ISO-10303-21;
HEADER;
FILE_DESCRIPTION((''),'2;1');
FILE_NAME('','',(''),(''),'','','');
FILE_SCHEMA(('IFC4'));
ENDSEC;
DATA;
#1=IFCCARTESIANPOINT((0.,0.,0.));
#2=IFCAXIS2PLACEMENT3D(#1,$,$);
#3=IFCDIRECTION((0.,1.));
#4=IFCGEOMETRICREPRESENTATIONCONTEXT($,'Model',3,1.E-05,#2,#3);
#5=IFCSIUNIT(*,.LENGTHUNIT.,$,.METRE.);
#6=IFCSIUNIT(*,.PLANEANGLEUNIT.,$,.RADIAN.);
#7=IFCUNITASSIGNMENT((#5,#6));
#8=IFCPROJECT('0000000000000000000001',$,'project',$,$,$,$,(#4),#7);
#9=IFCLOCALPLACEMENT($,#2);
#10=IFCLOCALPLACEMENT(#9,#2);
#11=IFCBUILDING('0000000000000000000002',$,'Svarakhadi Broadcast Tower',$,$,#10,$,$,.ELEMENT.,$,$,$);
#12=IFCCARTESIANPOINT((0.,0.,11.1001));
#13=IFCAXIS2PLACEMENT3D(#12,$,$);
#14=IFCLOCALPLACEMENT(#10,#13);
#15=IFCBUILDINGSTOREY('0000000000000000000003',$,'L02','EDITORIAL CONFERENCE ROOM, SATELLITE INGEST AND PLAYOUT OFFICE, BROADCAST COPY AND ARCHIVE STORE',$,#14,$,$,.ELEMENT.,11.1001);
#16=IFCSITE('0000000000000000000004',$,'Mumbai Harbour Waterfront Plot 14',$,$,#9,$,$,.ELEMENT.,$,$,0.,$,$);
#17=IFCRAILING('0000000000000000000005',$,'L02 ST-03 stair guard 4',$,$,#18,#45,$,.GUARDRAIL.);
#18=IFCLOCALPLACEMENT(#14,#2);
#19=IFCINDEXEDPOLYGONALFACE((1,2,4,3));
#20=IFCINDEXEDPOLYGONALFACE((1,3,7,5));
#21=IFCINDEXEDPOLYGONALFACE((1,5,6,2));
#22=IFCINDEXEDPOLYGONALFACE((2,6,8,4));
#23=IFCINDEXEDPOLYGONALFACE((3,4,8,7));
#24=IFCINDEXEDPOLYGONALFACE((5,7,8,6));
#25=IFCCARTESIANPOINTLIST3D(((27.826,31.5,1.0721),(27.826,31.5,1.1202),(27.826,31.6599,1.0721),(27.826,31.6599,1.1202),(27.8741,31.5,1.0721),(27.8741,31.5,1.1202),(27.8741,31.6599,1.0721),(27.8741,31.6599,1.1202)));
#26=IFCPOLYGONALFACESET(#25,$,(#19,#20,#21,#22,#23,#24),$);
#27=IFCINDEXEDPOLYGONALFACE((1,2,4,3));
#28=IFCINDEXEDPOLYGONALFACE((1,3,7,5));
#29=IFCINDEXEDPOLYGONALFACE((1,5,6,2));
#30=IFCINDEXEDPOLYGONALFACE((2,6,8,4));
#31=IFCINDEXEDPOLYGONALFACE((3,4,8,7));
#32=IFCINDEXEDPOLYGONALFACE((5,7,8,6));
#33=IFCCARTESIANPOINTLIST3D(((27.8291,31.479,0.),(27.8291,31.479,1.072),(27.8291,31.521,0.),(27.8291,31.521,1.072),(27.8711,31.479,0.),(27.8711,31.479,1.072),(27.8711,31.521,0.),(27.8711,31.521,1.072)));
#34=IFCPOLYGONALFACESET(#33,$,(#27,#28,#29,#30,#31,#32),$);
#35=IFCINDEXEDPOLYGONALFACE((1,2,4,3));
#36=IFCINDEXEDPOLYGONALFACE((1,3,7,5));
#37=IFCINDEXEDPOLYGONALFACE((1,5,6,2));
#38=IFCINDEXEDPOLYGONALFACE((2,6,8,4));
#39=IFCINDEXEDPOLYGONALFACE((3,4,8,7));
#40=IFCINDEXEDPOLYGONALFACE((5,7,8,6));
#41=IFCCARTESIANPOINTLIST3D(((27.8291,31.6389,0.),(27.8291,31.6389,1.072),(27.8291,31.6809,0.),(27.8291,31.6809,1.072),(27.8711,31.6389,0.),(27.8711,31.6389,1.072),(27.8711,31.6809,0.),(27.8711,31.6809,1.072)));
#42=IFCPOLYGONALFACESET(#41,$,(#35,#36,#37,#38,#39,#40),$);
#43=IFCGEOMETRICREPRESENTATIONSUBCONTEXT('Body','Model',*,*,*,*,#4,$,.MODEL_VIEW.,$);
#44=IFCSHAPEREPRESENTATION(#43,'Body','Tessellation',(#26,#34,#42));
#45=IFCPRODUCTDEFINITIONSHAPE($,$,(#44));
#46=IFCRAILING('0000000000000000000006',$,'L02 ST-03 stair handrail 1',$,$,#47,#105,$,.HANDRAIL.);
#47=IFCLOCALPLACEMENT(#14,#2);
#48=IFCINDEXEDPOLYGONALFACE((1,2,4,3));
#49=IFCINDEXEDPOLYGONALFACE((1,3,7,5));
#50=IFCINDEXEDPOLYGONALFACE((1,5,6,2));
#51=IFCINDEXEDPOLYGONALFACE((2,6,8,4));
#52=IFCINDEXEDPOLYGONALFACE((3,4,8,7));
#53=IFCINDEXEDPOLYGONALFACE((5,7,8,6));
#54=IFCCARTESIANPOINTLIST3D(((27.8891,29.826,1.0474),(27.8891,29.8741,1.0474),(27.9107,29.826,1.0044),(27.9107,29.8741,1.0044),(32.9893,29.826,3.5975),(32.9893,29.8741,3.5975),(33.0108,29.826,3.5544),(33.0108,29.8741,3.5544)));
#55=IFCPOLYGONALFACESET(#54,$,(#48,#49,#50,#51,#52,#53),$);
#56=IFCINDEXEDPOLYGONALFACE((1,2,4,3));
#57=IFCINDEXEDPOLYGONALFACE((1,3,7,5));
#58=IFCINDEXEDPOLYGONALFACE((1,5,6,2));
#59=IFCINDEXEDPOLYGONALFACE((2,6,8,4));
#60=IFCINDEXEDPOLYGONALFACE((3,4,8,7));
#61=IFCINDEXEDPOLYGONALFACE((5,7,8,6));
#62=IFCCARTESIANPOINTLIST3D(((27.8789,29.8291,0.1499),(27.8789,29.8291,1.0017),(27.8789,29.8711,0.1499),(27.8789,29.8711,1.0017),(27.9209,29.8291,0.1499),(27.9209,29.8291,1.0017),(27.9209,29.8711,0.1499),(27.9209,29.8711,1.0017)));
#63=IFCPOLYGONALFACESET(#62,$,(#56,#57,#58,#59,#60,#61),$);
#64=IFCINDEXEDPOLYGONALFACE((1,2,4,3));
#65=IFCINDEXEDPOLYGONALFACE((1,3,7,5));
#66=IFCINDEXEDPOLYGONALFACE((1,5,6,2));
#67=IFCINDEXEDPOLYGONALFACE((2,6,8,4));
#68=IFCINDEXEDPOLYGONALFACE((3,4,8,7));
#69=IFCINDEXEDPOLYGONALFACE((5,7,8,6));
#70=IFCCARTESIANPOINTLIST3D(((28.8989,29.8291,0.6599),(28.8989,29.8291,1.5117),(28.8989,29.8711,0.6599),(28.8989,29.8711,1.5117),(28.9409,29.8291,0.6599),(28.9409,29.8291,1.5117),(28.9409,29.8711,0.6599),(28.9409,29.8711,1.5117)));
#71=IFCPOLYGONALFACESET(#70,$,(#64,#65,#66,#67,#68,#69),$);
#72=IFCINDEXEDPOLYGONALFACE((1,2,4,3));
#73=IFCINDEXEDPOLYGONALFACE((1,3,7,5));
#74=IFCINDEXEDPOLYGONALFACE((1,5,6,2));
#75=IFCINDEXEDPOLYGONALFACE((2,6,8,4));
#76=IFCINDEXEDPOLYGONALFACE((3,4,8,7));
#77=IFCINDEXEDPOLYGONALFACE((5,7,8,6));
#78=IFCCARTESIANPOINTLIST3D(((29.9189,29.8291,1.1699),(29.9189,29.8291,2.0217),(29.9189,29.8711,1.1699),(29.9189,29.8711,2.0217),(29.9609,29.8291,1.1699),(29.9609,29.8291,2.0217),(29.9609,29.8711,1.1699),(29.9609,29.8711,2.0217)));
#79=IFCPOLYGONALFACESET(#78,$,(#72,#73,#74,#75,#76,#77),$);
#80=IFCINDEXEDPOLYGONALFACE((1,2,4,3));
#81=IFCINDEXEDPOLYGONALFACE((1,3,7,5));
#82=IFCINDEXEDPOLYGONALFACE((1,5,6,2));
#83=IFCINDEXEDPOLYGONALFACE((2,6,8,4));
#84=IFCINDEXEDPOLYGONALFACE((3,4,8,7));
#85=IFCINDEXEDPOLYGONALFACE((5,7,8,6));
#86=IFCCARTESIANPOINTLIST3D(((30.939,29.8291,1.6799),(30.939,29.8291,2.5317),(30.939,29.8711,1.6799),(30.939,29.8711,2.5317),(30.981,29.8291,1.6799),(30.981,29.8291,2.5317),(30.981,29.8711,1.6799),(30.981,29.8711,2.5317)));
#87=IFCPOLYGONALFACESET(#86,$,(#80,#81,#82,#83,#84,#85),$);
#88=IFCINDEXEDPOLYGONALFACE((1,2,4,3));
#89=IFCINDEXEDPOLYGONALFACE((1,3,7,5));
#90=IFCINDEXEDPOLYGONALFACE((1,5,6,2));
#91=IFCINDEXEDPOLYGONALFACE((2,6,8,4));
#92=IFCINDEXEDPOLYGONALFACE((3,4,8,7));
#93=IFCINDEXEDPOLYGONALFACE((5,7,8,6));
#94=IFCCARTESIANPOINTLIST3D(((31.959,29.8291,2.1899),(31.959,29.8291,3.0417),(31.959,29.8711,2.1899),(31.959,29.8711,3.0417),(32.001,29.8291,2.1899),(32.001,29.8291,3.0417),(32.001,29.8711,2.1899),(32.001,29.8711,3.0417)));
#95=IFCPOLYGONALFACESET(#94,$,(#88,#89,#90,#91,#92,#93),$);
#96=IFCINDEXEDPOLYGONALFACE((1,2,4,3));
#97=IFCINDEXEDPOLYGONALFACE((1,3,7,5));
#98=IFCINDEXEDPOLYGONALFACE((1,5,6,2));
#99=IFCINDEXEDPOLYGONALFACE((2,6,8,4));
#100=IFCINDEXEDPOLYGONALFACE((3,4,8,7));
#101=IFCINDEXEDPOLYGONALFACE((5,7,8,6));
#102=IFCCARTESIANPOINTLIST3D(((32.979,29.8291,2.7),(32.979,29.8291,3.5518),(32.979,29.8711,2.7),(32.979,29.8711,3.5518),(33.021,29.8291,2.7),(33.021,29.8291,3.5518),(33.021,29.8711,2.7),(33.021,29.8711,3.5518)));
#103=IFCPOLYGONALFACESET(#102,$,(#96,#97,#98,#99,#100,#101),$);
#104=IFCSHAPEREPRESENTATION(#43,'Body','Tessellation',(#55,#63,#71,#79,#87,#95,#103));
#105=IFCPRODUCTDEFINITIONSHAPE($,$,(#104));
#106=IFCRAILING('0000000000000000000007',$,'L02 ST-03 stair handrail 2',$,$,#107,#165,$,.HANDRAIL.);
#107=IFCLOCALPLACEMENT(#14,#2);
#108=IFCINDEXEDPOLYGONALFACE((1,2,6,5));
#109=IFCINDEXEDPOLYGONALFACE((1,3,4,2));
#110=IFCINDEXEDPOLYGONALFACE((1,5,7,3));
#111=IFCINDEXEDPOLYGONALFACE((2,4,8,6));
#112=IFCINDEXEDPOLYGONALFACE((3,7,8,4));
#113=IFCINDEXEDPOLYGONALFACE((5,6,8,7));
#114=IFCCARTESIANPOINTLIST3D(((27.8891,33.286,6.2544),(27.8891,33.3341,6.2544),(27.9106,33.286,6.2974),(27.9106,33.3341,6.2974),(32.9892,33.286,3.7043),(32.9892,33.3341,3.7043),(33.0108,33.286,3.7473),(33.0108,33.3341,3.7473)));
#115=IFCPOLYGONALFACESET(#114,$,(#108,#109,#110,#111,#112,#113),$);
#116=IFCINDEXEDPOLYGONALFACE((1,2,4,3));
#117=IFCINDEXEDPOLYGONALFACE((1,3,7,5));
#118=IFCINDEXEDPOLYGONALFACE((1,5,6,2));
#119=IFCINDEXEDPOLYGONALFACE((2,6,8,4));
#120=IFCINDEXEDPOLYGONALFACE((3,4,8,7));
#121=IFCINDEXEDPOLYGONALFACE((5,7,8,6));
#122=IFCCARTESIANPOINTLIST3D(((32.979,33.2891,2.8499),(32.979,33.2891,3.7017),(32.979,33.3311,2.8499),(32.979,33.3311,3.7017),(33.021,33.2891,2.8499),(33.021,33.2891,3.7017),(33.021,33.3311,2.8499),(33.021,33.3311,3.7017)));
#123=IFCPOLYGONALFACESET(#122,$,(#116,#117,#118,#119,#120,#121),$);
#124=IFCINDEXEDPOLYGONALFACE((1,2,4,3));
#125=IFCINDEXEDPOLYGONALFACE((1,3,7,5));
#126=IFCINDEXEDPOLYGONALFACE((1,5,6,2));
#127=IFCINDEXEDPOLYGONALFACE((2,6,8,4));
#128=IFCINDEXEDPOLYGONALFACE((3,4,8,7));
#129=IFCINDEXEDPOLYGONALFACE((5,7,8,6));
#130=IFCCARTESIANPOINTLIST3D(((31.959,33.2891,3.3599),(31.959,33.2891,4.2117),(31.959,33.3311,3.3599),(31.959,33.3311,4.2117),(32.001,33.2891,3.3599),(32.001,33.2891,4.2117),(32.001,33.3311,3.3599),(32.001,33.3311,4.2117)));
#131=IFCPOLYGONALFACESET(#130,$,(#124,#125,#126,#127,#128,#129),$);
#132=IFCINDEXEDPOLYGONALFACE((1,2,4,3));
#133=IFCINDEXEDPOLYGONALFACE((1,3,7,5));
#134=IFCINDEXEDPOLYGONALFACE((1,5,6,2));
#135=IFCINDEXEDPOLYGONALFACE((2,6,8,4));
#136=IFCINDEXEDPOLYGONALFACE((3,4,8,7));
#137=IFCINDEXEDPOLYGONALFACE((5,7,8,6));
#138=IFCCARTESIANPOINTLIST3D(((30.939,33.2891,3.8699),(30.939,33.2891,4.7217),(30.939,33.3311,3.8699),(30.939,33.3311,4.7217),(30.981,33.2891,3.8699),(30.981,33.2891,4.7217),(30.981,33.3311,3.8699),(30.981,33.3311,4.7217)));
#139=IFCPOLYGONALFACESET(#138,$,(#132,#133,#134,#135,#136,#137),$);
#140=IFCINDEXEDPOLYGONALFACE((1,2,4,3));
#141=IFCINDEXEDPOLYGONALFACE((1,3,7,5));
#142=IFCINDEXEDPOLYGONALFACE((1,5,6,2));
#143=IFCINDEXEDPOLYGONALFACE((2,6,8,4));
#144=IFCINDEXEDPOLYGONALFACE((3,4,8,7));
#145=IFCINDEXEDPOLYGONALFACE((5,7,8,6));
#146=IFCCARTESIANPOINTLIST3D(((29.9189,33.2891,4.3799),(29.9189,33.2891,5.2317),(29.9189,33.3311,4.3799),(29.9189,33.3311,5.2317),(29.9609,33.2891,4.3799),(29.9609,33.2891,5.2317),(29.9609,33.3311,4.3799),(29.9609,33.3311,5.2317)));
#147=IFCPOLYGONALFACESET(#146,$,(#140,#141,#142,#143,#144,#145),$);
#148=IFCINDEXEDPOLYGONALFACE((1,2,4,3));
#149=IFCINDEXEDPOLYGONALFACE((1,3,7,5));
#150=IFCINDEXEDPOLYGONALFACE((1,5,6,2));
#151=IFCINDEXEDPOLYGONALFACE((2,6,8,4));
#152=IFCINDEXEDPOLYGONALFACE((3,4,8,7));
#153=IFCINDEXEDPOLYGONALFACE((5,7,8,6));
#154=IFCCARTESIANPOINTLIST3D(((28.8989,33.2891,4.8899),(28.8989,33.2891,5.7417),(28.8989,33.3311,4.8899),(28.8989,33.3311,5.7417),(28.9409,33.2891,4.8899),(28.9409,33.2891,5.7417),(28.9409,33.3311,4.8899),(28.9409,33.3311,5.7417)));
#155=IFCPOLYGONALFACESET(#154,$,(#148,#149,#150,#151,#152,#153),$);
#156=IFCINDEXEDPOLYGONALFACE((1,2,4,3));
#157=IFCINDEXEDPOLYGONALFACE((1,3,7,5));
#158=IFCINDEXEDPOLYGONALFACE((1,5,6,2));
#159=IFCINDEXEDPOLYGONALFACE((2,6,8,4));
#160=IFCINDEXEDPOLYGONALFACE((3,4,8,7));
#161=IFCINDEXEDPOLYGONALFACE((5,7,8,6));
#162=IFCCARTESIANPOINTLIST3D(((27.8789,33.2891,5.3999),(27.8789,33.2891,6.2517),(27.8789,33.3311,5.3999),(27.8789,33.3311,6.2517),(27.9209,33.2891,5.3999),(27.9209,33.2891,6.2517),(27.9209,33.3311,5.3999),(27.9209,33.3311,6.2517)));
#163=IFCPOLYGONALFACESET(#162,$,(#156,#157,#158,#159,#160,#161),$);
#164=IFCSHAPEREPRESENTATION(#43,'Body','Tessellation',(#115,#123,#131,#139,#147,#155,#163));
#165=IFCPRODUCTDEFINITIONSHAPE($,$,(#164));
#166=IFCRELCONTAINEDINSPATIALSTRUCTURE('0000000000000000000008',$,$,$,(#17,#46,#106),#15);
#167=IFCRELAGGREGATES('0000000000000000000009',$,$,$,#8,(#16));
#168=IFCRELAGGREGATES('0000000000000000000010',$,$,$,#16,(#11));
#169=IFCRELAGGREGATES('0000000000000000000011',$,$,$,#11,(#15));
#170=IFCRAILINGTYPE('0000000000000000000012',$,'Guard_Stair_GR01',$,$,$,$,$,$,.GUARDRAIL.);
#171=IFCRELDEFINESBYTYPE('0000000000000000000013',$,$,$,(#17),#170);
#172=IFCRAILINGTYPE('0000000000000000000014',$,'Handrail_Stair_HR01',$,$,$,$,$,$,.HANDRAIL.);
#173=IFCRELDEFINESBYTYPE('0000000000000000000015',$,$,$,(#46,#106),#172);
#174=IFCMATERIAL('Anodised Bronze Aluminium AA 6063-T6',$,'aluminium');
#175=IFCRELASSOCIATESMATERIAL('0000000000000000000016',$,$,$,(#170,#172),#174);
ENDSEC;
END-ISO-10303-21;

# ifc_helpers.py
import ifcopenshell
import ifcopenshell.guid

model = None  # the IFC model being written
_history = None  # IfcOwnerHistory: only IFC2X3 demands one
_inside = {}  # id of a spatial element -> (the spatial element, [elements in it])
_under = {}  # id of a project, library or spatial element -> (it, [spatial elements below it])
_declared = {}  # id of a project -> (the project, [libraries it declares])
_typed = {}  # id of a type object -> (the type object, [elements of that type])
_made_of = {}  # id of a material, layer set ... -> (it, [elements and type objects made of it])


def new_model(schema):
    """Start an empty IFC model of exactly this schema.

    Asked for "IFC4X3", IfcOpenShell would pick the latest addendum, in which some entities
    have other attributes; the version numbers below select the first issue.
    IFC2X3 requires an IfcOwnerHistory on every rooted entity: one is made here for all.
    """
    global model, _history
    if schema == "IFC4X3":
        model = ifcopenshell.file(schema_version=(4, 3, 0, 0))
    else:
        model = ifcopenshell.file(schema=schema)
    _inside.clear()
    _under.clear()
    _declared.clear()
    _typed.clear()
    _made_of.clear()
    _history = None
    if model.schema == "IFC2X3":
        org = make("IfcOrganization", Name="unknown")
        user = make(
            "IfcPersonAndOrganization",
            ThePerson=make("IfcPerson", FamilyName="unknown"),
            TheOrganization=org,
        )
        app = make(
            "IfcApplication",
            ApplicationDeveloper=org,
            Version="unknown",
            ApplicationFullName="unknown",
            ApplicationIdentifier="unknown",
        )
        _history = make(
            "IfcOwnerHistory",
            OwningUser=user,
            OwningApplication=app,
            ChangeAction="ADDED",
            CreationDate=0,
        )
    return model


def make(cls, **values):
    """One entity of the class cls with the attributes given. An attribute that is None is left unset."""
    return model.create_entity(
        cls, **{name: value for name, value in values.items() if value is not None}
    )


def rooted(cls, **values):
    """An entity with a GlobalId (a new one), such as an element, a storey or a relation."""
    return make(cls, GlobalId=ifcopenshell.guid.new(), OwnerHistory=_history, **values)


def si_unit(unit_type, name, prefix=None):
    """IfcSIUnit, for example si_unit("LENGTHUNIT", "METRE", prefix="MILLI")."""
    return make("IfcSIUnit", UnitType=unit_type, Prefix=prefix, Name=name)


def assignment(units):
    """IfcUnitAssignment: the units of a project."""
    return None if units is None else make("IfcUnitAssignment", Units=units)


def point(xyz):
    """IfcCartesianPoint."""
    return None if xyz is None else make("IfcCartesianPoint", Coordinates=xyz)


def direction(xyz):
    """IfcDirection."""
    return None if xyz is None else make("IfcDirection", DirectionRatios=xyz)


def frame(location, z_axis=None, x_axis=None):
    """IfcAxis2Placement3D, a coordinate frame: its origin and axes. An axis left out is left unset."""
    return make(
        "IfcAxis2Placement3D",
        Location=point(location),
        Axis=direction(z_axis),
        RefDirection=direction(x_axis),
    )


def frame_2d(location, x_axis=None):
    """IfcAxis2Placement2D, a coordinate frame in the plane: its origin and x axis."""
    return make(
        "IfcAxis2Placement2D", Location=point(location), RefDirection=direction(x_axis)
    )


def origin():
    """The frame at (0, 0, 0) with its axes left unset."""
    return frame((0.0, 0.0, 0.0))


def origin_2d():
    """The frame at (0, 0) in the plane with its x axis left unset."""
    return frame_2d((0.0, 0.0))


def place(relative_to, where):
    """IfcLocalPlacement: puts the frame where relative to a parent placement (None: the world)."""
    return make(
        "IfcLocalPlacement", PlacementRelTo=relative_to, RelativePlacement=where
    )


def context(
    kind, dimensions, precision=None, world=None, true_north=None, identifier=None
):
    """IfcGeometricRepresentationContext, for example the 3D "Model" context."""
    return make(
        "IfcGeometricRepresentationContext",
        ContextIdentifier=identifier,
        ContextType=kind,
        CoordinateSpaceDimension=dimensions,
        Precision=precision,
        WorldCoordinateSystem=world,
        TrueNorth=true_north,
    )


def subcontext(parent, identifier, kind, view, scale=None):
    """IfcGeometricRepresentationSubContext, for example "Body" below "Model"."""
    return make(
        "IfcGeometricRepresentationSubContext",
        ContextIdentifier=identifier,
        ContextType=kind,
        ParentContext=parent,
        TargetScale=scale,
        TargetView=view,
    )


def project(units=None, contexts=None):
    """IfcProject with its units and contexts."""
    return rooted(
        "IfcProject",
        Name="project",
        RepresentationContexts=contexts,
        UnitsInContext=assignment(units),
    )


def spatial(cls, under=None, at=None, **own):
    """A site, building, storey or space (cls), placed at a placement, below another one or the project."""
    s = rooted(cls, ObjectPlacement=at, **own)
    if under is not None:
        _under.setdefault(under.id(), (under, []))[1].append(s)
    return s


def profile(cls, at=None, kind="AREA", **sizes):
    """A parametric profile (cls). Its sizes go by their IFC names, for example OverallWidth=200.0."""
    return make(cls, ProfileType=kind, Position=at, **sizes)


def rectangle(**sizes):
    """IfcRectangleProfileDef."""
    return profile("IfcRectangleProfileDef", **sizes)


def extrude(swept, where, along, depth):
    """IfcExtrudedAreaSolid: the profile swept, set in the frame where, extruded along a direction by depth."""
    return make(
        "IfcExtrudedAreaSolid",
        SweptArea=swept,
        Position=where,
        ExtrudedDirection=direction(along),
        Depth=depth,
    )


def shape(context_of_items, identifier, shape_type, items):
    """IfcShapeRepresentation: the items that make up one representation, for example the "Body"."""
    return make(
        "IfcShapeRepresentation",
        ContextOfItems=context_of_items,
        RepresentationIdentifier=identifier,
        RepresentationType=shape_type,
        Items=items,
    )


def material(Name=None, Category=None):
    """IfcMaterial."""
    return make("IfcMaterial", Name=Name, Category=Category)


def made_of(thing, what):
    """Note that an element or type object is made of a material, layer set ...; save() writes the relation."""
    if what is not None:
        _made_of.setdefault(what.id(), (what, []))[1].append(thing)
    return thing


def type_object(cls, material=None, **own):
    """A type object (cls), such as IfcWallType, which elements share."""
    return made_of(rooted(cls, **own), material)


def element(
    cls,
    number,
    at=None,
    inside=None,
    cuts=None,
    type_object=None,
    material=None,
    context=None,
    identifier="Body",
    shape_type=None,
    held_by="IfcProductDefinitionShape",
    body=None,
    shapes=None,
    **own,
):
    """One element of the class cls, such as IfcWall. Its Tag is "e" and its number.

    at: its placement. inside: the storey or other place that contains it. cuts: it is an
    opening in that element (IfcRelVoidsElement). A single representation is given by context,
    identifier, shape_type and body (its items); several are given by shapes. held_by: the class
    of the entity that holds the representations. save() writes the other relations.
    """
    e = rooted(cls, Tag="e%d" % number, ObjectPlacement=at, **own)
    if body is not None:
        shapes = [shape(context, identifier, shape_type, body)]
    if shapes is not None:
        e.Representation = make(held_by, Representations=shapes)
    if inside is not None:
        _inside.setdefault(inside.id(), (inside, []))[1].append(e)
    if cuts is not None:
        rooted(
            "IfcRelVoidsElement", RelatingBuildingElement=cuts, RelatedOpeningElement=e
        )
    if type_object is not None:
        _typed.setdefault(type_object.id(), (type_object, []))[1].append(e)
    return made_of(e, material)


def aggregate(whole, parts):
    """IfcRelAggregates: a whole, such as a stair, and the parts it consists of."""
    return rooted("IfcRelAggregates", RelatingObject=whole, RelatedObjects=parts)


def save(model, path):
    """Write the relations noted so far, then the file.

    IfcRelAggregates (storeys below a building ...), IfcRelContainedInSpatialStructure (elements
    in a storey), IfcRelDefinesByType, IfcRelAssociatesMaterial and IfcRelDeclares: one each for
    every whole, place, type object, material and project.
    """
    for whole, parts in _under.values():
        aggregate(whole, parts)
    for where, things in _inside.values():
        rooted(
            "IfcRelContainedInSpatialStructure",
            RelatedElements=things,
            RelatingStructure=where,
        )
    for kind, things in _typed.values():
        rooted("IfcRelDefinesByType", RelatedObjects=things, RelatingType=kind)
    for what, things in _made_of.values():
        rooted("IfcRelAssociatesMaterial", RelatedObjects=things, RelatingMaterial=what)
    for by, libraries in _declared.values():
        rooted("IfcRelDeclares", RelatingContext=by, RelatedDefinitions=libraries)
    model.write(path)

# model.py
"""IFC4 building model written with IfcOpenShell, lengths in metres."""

from ifc_helpers import new_model, si_unit, direction, frame, origin, origin_2d, place, context, subcontext, project, spatial, rectangle, extrude, material, type_object, element, save


model = new_model("IFC4")

# Units and contexts
model_context = context("Model", 3, precision=1e-05, world=origin(), true_north=direction((0.0, 1.0)))
body_context = subcontext(model_context, "Body", "Model", "MODEL_VIEW")
ifc_project = project(units=[si_unit("LENGTHUNIT", "METRE"), si_unit("PLANEANGLEUNIT", "RADIAN")], contexts=[model_context])

# Site, building, storey
site_placement = place(None, origin())
site = spatial("IfcSite", under=ifc_project, at=site_placement, Name="Mumbai Harbour Waterfront Plot 14", CompositionType="ELEMENT", RefElevation=0.0)
building_placement = place(site_placement, origin())
building = spatial("IfcBuilding", under=site, at=building_placement, Name="Svarakhadi Broadcast Tower", CompositionType="ELEMENT")
storey_placement = place(building_placement, frame((0.0, 0.0, 11.1001)))
storey = spatial("IfcBuildingStorey", under=building, at=storey_placement, Name="L02", Description="EDITORIAL CONFERENCE ROOM, SATELLITE INGEST AND PLAYOUT OFFICE, BROADCAST COPY AND ARCHIVE STORE", CompositionType="ELEMENT", Elevation=11.1001)

# Shared definitions
ifc_material_1 = material(Name="Anodised Bronze Aluminium AA 6063-T6", Category="aluminium")

# Railings
railing_type_1 = type_object("IfcRailingType", Name="Guard_Stair_GR01", PredefinedType="GUARDRAIL", material=ifc_material_1)
railing_1_placement = place(storey_placement, frame((27.8501, 31.5, 0.0)))
element("IfcRailing", 1, at=railing_1_placement, inside=storey, type_object=railing_type_1, Name="L02 ST-03 stair guard 4", PredefinedType="GUARDRAIL", context=body_context, shape_type="SweptSolid", body=[
    extrude(rectangle(XDim=0.0481, YDim=0.0481, at=origin_2d()), frame((0.0, 0.0, 1.0962), z_axis=(0.0, 1.0, 0.0), x_axis=(-1.0, 0.0, 0.0)), (0.0, 0.0, 1.0), 0.1599),
    extrude(rectangle(XDim=0.042, YDim=0.042, at=origin_2d()), origin(), (0.0, 0.0, 1.0), 1.072),
    extrude(rectangle(XDim=0.042, YDim=0.042, at=origin_2d()), frame((0.0, 0.1599, 0.0)), (0.0, 0.0, 1.0), 1.072),
])
railing_type_2 = type_object("IfcRailingType", Name="Handrail_Stair_HR01", PredefinedType="HANDRAIL", material=ifc_material_1)
railing_2_placement = place(storey_placement, frame((27.8999, 29.8501, 0.1499)))
element("IfcRailing", 2, at=railing_2_placement, inside=storey, type_object=railing_type_2, Name="L02 ST-03 stair handrail 1", PredefinedType="HANDRAIL", context=body_context, shape_type="SweptSolid", body=[
    extrude(rectangle(XDim=0.0481, YDim=0.0481, at=origin_2d()), frame((0.0, 0.0, 0.876), z_axis=(0.894427, 0.0, 0.447214), x_axis=(0.0, 1.0, 0.0)), (0.0, 0.0, 1.0), 5.7021),
    extrude(rectangle(XDim=0.042, YDim=0.042, at=origin_2d()), origin(), (0.0, 0.0, 1.0), 0.8518),
    extrude(rectangle(XDim=0.042, YDim=0.042, at=origin_2d()), frame((1.02, 0.0, 0.51)), (0.0, 0.0, 1.0), 0.8518),
    extrude(rectangle(XDim=0.042, YDim=0.042, at=origin_2d()), frame((2.04, 0.0, 1.02)), (0.0, 0.0, 1.0), 0.8518),
    extrude(rectangle(XDim=0.042, YDim=0.042, at=origin_2d()), frame((3.0601, 0.0, 1.53)), (0.0, 0.0, 1.0), 0.8518),
    extrude(rectangle(XDim=0.042, YDim=0.042, at=origin_2d()), frame((4.0801, 0.0, 2.04)), (0.0, 0.0, 1.0), 0.8518),
    extrude(rectangle(XDim=0.042, YDim=0.042, at=origin_2d()), frame((5.1001, 0.0, 2.55)), (0.0, 0.0, 1.0), 0.8518),
])
railing_3_placement = place(storey_placement, frame((33.0, 33.3101, 2.8499)))
element("IfcRailing", 3, at=railing_3_placement, inside=storey, type_object=railing_type_2, Name="L02 ST-03 stair handrail 2", PredefinedType="HANDRAIL", context=body_context, shape_type="SweptSolid", body=[
    extrude(rectangle(XDim=0.0481, YDim=0.0481, at=origin_2d()), frame((0.0, 0.0, 0.876), z_axis=(-0.894427, 0.0, 0.447214), x_axis=(0.0, -1.0, 0.0)), (0.0, 0.0, 1.0), 5.7021),
    extrude(rectangle(XDim=0.042, YDim=0.042, at=origin_2d()), origin(), (0.0, 0.0, 1.0), 0.8518),
    extrude(rectangle(XDim=0.042, YDim=0.042, at=origin_2d()), frame((-1.02, 0.0, 0.51)), (0.0, 0.0, 1.0), 0.8518),
    extrude(rectangle(XDim=0.042, YDim=0.042, at=origin_2d()), frame((-2.04, 0.0, 1.02)), (0.0, 0.0, 1.0), 0.8518),
    extrude(rectangle(XDim=0.042, YDim=0.042, at=origin_2d()), frame((-3.0601, 0.0, 1.53)), (0.0, 0.0, 1.0), 0.8518),
    extrude(rectangle(XDim=0.042, YDim=0.042, at=origin_2d()), frame((-4.0801, 0.0, 2.04)), (0.0, 0.0, 1.0), 0.8518),
    extrude(rectangle(XDim=0.042, YDim=0.042, at=origin_2d()), frame((-5.1001, 0.0, 2.55)), (0.0, 0.0, 1.0), 0.8518),
])

save(model, "model.ifc")
